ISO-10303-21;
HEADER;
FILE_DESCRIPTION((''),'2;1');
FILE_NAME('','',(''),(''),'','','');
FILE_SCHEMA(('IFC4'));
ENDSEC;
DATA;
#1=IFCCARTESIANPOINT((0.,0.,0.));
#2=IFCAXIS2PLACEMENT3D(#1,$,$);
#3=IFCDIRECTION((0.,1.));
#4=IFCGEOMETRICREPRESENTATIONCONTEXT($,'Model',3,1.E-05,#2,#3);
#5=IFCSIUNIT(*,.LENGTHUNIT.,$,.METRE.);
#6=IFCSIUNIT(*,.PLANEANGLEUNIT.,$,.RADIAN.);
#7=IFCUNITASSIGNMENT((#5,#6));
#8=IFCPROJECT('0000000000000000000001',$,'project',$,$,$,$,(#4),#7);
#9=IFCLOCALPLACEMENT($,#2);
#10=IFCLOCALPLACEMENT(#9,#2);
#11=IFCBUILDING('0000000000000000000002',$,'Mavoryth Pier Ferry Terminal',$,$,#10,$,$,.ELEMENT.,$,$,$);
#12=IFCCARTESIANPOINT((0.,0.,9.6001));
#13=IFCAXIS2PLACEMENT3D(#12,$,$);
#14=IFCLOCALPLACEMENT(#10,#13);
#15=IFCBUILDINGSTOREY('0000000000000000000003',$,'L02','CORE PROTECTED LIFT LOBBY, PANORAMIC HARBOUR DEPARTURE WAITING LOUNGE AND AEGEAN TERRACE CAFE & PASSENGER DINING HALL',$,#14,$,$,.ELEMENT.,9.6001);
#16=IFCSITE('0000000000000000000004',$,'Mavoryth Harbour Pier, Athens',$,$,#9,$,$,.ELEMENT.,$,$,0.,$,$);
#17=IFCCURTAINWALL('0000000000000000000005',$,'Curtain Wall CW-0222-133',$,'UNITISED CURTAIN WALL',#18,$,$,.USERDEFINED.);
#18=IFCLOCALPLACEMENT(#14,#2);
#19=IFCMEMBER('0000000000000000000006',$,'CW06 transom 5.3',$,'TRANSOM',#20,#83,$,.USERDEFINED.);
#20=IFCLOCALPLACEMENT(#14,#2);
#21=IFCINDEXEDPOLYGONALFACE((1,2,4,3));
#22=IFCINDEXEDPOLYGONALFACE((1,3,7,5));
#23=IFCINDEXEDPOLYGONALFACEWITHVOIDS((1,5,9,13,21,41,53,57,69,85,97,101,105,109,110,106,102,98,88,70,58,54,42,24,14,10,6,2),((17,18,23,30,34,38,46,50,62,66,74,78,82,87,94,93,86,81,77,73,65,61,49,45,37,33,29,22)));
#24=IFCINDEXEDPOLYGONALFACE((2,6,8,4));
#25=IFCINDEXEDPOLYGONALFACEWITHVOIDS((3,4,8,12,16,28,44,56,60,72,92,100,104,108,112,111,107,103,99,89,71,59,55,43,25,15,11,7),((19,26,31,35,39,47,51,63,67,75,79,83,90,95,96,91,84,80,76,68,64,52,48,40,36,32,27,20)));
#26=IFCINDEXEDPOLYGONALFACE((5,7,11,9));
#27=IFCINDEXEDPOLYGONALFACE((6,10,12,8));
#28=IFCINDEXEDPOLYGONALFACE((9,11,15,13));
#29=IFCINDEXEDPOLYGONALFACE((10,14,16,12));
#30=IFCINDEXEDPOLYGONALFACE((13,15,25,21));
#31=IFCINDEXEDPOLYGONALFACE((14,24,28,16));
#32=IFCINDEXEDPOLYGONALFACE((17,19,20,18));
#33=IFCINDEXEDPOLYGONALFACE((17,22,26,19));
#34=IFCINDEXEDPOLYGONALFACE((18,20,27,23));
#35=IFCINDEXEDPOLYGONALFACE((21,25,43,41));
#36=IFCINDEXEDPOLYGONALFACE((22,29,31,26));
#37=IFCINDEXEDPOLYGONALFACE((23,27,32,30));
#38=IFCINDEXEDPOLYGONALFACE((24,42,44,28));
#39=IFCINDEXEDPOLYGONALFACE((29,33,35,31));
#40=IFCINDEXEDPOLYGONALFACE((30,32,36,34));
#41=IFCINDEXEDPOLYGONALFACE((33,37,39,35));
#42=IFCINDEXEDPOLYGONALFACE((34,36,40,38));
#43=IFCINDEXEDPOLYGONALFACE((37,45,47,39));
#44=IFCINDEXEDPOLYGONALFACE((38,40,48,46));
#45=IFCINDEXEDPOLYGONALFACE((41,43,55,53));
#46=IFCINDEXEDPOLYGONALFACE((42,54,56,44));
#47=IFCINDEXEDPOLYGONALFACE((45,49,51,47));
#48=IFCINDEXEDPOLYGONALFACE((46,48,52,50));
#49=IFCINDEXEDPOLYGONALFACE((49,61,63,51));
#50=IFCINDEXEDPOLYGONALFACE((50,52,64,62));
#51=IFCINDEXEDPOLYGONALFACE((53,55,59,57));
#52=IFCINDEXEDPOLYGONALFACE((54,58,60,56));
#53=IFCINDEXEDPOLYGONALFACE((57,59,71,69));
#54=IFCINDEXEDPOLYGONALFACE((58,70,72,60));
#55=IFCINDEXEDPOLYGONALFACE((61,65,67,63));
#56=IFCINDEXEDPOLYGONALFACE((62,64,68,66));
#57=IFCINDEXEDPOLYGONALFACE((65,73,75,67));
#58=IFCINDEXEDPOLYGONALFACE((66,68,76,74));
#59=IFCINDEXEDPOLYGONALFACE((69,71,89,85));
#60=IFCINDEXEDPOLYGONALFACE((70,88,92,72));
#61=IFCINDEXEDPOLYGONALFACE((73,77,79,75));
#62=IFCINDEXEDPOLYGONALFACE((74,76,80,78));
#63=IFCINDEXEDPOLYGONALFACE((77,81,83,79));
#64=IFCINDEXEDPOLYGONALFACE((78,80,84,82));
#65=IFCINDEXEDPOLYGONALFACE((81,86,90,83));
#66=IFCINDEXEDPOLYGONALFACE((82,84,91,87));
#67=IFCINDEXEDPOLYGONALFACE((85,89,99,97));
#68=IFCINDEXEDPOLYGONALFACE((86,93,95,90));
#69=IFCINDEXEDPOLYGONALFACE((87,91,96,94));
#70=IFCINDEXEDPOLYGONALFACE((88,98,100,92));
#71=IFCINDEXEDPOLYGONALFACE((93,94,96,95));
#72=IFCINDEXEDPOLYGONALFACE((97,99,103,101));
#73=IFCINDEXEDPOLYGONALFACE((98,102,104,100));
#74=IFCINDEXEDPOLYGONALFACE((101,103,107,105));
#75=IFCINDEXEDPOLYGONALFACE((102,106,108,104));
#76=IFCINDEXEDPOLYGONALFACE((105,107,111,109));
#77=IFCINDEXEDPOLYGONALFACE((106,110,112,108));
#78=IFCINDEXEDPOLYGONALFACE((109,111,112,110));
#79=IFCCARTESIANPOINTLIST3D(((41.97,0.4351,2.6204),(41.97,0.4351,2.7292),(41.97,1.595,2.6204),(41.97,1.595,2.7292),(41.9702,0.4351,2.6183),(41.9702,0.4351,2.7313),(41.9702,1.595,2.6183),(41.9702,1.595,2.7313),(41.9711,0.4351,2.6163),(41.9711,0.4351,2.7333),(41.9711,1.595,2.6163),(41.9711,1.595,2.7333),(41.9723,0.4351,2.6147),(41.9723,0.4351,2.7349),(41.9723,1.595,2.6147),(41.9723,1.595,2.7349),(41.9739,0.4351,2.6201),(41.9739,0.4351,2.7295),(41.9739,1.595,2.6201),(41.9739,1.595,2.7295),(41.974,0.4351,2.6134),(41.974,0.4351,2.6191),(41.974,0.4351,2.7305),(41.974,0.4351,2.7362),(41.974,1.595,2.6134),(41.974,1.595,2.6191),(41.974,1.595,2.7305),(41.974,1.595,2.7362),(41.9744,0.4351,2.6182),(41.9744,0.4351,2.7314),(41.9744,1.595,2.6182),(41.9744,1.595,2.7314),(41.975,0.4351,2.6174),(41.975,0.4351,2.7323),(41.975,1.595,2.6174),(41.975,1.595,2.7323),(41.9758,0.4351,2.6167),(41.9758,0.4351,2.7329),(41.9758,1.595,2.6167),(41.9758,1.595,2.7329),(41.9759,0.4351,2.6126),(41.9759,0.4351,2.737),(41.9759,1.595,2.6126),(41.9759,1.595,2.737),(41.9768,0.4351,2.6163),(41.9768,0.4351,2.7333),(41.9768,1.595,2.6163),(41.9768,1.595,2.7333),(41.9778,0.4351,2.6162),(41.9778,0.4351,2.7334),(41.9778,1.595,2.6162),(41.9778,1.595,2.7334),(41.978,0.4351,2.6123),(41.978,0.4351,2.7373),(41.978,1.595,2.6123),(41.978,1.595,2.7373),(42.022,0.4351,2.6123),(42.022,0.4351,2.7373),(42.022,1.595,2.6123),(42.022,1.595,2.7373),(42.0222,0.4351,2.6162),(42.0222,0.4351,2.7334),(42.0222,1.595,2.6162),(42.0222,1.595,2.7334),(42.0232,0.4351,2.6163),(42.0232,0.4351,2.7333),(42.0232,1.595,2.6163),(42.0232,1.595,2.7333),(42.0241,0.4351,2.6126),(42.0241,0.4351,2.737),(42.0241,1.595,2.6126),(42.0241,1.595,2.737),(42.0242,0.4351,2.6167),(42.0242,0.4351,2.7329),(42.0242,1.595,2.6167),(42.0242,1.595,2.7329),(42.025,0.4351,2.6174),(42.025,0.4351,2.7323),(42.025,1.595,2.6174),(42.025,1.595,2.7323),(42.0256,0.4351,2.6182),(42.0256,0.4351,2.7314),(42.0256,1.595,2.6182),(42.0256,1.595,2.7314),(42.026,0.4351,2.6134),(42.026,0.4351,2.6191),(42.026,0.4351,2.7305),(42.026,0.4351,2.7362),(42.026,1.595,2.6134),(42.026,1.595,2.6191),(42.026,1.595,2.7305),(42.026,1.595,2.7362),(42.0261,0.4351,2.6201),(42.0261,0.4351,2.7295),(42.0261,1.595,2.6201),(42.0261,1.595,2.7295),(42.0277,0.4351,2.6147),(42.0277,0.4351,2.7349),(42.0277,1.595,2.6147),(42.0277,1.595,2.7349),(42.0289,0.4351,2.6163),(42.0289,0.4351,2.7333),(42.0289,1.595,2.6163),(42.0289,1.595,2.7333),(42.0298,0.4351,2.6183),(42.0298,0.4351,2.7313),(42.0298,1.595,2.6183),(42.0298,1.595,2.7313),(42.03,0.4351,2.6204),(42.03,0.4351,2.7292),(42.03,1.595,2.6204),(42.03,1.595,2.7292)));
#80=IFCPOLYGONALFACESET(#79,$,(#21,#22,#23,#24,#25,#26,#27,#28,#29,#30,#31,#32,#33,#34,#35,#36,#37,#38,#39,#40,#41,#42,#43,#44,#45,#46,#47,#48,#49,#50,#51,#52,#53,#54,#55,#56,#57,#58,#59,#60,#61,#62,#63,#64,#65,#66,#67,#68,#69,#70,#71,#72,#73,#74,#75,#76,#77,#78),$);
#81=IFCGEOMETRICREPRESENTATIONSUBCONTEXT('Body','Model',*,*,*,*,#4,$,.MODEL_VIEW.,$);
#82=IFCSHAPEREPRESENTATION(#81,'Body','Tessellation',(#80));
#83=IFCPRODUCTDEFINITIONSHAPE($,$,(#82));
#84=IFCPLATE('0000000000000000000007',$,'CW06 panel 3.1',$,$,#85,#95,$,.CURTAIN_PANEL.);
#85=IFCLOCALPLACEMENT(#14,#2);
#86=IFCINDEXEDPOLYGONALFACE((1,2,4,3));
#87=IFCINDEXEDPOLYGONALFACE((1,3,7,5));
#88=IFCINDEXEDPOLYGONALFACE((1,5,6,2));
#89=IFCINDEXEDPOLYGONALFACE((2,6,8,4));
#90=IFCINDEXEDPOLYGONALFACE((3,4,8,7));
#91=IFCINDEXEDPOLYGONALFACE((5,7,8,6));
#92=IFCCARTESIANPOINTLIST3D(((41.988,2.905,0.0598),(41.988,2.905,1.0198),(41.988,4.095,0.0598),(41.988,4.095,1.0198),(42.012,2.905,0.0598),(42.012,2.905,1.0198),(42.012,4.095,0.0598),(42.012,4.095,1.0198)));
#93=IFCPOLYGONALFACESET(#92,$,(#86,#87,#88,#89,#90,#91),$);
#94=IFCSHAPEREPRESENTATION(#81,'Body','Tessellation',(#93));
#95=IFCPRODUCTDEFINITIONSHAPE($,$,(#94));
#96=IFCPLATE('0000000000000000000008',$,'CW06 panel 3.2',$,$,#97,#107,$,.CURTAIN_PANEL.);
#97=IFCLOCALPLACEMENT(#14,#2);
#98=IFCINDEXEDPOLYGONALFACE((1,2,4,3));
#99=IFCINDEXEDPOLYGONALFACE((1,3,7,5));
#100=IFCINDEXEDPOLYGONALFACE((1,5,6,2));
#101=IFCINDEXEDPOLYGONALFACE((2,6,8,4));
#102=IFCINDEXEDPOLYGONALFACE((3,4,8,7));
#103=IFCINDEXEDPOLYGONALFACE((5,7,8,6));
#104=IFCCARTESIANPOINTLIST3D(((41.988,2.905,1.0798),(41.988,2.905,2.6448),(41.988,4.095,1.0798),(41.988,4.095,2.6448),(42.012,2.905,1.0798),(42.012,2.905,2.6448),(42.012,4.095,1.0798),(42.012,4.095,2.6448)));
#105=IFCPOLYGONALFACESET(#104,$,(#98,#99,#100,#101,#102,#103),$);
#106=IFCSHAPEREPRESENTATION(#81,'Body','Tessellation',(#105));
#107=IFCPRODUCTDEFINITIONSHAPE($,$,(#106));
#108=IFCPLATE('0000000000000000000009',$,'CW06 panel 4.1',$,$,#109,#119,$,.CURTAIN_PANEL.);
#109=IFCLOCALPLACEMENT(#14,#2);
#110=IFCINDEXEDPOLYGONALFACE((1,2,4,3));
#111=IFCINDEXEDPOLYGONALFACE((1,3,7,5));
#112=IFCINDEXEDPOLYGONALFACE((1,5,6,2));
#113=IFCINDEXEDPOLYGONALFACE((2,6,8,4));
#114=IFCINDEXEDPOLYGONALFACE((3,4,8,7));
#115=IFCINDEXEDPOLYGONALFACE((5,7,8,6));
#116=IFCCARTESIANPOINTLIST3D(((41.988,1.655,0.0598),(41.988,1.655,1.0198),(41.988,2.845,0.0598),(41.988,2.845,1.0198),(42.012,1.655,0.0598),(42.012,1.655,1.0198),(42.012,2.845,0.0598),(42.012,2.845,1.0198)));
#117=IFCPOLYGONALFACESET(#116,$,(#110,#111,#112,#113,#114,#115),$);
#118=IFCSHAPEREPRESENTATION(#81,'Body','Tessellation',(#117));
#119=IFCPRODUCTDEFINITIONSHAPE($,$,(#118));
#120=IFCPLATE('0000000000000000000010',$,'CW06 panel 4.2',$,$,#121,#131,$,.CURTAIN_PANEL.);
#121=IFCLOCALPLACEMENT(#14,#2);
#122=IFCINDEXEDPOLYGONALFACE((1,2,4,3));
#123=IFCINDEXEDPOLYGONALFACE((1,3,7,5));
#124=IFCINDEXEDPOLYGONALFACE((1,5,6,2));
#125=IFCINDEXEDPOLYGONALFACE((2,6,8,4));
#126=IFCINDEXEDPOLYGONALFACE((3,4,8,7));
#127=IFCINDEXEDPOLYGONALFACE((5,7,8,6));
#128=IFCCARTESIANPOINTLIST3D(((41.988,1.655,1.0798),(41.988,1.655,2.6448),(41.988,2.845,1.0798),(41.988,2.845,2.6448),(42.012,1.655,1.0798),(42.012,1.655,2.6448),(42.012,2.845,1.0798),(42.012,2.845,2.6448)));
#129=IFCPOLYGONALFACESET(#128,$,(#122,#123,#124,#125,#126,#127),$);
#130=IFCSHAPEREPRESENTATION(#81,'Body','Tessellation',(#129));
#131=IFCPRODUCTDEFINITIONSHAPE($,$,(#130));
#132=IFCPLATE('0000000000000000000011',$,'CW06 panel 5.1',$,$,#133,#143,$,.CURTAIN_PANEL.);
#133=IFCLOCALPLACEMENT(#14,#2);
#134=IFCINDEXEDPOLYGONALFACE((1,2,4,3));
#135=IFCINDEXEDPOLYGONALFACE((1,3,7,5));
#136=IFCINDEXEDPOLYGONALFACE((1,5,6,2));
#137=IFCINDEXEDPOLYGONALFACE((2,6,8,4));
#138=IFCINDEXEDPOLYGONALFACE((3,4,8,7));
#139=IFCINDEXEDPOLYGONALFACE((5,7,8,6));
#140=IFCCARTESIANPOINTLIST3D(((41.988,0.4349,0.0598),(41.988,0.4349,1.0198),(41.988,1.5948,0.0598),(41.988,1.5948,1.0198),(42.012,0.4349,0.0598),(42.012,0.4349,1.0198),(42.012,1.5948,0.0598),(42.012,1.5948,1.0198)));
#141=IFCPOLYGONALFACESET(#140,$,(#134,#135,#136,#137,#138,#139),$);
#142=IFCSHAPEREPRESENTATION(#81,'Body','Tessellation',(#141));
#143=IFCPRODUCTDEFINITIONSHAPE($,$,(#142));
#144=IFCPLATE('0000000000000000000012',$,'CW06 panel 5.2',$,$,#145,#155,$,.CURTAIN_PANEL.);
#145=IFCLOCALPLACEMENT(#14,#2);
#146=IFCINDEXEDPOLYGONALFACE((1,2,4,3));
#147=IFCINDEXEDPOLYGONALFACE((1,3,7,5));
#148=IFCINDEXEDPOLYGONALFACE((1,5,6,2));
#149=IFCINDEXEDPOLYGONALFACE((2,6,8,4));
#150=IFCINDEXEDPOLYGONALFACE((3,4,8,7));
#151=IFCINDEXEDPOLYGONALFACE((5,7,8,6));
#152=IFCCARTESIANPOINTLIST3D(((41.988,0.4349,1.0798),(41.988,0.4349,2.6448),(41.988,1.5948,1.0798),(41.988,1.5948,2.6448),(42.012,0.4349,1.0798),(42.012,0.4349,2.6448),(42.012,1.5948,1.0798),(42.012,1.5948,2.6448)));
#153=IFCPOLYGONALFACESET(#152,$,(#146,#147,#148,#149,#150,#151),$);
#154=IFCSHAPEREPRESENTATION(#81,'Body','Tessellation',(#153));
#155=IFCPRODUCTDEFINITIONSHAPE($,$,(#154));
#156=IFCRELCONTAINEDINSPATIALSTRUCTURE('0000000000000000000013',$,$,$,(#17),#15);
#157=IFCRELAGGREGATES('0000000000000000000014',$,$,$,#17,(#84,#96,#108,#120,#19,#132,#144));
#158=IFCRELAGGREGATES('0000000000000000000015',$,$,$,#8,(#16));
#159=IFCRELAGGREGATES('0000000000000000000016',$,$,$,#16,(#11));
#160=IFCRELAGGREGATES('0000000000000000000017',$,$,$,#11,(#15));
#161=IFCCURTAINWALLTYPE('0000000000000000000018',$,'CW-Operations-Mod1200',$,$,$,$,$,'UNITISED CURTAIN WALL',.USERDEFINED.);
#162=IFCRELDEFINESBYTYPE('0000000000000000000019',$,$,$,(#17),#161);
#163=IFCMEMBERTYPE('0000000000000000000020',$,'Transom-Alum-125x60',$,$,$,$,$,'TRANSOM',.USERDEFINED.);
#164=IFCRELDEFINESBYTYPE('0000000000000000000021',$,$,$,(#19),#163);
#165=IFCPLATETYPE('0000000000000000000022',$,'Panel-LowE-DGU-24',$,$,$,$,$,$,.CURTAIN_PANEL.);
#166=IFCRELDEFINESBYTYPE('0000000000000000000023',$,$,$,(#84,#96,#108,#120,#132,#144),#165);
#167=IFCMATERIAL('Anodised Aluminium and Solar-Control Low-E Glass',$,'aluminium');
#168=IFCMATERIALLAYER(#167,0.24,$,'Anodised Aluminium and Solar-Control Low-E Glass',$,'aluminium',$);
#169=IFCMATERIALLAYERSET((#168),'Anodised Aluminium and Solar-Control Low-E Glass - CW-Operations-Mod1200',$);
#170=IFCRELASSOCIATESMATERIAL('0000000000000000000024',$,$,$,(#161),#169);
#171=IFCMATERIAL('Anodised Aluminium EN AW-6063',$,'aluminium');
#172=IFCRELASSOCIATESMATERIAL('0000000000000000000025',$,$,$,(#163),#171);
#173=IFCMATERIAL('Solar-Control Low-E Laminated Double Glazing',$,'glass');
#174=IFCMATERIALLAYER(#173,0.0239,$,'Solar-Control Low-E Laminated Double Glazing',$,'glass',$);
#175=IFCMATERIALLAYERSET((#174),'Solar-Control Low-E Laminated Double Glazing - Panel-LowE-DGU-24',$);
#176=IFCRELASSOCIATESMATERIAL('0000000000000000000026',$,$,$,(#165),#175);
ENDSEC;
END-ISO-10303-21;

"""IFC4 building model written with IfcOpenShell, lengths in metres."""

from ifc_helpers import new_model, si_unit, direction, frame, origin, origin_2d, place, context, subcontext, project, spatial, rectangle, hollow_rectangle, extrude, material, layer, layer_set, material_profile, profile_set, type_object, element, aggregate, save


model = new_model("IFC4")

# Units and contexts
model_context = context("Model", 3, precision=1e-05, world=origin(), true_north=direction((0.0, 1.0)))
body_context = subcontext(model_context, "Body", "Model", "MODEL_VIEW")
ifc_project = project(units=[si_unit("LENGTHUNIT", "METRE"), si_unit("PLANEANGLEUNIT", "RADIAN")], contexts=[model_context])

# Site, building, storey
site_placement = place(None, origin())
site = spatial("IfcSite", under=ifc_project, at=site_placement, Name="Mavoryth Harbour Pier, Athens", CompositionType="ELEMENT", RefElevation=0.0)
building_placement = place(site_placement, origin())
building = spatial("IfcBuilding", under=site, at=building_placement, Name="Mavoryth Pier Ferry Terminal", CompositionType="ELEMENT")
storey_placement = place(building_placement, frame((0.0, 0.0, 9.6001)))
storey = spatial("IfcBuildingStorey", under=building, at=storey_placement, Name="L02", Description="CORE PROTECTED LIFT LOBBY, PANORAMIC HARBOUR DEPARTURE WAITING LOUNGE AND AEGEAN TERRACE CAFE & PASSENGER DINING HALL", CompositionType="ELEMENT", Elevation=9.6001)

# Curtain wall
ifc_material_1 = material(Name="Anodised Aluminium and Solar-Control Low-E Glass", Category="aluminium")
ifc_layer_1 = layer(ifc_material_1, 0.24, Name="Anodised Aluminium and Solar-Control Low-E Glass", Category="aluminium")
ifc_layer_set_1 = layer_set([ifc_layer_1], Name="Anodised Aluminium and Solar-Control Low-E Glass - CW-Operations-Mod1200")
curtain_wall_type = type_object("IfcCurtainWallType", Name="CW-Operations-Mod1200", ElementType="UNITISED CURTAIN WALL", PredefinedType="USERDEFINED", material=ifc_layer_set_1)
curtain_wall_placement = place(storey_placement, origin())
curtain_wall = element("IfcCurtainWall", 1, at=curtain_wall_placement, inside=storey, type_object=curtain_wall_type, Name="Curtain Wall CW-0222-133", ObjectType="UNITISED CURTAIN WALL", PredefinedType="USERDEFINED")
ifc_material_2 = material(Name="Anodised Aluminium EN AW-6063", Category="aluminium")

# Member
ifc_material_profile_1 = material_profile(ifc_material_2, hollow_rectangle(XDim=0.0601, YDim=0.125, WallThickness=0.0039, InnerFilletRadius=0.0039, OuterFilletRadius=0.0081, at=origin_2d()), Name="AL-TRAN 125x60x4", Category="aluminium")
ifc_profile_set_1 = profile_set([ifc_material_profile_1], Name="Anodised Aluminium EN AW-6063 - AL-TRAN 125x60x4")
member_type_1 = type_object("IfcMemberType", Name="Transom-Alum-125x60", ElementType="TRANSOM", PredefinedType="USERDEFINED", material=ifc_profile_set_1)
member_1_placement = place(storey_placement, frame((42.0, 1.595, 2.6748), z_axis=(0.0, -1.0, 0.0), x_axis=(1.0, 0.0, 0.0)))
member_1 = element("IfcMember", 2, at=member_1_placement, type_object=member_type_1, Name="CW06 transom 5.3", ObjectType="TRANSOM", PredefinedType="USERDEFINED", context=body_context, shape_type="SweptSolid", body=[
    extrude(hollow_rectangle(XDim=0.0601, YDim=0.125, WallThickness=0.0039, InnerFilletRadius=0.0039, OuterFilletRadius=0.0081, at=origin_2d()), origin(), (0.0, 0.0, 1.0), 1.1599),
])

# Plates
ifc_material_3 = material(Name="Solar-Control Low-E Laminated Double Glazing", Category="glass")
ifc_layer_2 = layer(ifc_material_3, 0.0239, Name="Solar-Control Low-E Laminated Double Glazing", Category="glass")
ifc_layer_set_2 = layer_set([ifc_layer_2], Name="Solar-Control Low-E Laminated Double Glazing - Panel-LowE-DGU-24")
plate_type = type_object("IfcPlateType", Name="Panel-LowE-DGU-24", PredefinedType="CURTAIN_PANEL", material=ifc_layer_set_2)
plate_1_placement = place(storey_placement, frame((42.0, 3.5, 0.0598), z_axis=(0.0, 0.0, 1.0), x_axis=(0.0, -1.0, 0.0)))
plate_1 = element("IfcPlate", 3, at=plate_1_placement, type_object=plate_type, Name="CW06 panel 3.1", PredefinedType="CURTAIN_PANEL", context=body_context, shape_type="SweptSolid", body=[
    extrude(rectangle(XDim=1.1899, YDim=0.0239, at=origin_2d()), origin(), (0.0, 0.0, 1.0), 0.96),
])
plate_2_placement = place(storey_placement, frame((42.0, 3.5, 1.0798), z_axis=(0.0, 0.0, 1.0), x_axis=(0.0, -1.0, 0.0)))
plate_2 = element("IfcPlate", 4, at=plate_2_placement, type_object=plate_type, Name="CW06 panel 3.2", PredefinedType="CURTAIN_PANEL", context=body_context, shape_type="SweptSolid", body=[
    extrude(rectangle(XDim=1.1899, YDim=0.0239, at=origin_2d()), origin(), (0.0, 0.0, 1.0), 1.5649),
])
plate_3_placement = place(storey_placement, frame((42.0, 2.25, 0.0598), z_axis=(0.0, 0.0, 1.0), x_axis=(0.0, -1.0, 0.0)))
plate_3 = element("IfcPlate", 5, at=plate_3_placement, type_object=plate_type, Name="CW06 panel 4.1", PredefinedType="CURTAIN_PANEL", context=body_context, shape_type="SweptSolid", body=[
    extrude(rectangle(XDim=1.1899, YDim=0.0239, at=origin_2d()), origin(), (0.0, 0.0, 1.0), 0.96),
])
plate_4_placement = place(storey_placement, frame((42.0, 2.25, 1.0798), z_axis=(0.0, 0.0, 1.0), x_axis=(0.0, -1.0, 0.0)))
plate_4 = element("IfcPlate", 6, at=plate_4_placement, type_object=plate_type, Name="CW06 panel 4.2", PredefinedType="CURTAIN_PANEL", context=body_context, shape_type="SweptSolid", body=[
    extrude(rectangle(XDim=1.1899, YDim=0.0239, at=origin_2d()), origin(), (0.0, 0.0, 1.0), 1.5649),
])
plate_5_placement = place(storey_placement, frame((42.0, 1.0149, 0.0598), z_axis=(0.0, 0.0, 1.0), x_axis=(0.0, -1.0, 0.0)))
plate_5 = element("IfcPlate", 7, at=plate_5_placement, type_object=plate_type, Name="CW06 panel 5.1", PredefinedType="CURTAIN_PANEL", context=body_context, shape_type="SweptSolid", body=[
    extrude(rectangle(XDim=1.1599, YDim=0.0239, at=origin_2d()), origin(), (0.0, 0.0, 1.0), 0.96),
])
plate_6_placement = place(storey_placement, frame((42.0, 1.0149, 1.0798), z_axis=(0.0, 0.0, 1.0), x_axis=(0.0, -1.0, 0.0)))
plate_6 = element("IfcPlate", 8, at=plate_6_placement, type_object=plate_type, Name="CW06 panel 5.2", PredefinedType="CURTAIN_PANEL", context=body_context, shape_type="SweptSolid", body=[
    extrude(rectangle(XDim=1.1599, YDim=0.0239, at=origin_2d()), origin(), (0.0, 0.0, 1.0), 1.5649),
])
aggregate(curtain_wall, [plate_1, plate_2, plate_3, plate_4, member_1, plate_5, plate_6])

save(model, "model.ifc")
